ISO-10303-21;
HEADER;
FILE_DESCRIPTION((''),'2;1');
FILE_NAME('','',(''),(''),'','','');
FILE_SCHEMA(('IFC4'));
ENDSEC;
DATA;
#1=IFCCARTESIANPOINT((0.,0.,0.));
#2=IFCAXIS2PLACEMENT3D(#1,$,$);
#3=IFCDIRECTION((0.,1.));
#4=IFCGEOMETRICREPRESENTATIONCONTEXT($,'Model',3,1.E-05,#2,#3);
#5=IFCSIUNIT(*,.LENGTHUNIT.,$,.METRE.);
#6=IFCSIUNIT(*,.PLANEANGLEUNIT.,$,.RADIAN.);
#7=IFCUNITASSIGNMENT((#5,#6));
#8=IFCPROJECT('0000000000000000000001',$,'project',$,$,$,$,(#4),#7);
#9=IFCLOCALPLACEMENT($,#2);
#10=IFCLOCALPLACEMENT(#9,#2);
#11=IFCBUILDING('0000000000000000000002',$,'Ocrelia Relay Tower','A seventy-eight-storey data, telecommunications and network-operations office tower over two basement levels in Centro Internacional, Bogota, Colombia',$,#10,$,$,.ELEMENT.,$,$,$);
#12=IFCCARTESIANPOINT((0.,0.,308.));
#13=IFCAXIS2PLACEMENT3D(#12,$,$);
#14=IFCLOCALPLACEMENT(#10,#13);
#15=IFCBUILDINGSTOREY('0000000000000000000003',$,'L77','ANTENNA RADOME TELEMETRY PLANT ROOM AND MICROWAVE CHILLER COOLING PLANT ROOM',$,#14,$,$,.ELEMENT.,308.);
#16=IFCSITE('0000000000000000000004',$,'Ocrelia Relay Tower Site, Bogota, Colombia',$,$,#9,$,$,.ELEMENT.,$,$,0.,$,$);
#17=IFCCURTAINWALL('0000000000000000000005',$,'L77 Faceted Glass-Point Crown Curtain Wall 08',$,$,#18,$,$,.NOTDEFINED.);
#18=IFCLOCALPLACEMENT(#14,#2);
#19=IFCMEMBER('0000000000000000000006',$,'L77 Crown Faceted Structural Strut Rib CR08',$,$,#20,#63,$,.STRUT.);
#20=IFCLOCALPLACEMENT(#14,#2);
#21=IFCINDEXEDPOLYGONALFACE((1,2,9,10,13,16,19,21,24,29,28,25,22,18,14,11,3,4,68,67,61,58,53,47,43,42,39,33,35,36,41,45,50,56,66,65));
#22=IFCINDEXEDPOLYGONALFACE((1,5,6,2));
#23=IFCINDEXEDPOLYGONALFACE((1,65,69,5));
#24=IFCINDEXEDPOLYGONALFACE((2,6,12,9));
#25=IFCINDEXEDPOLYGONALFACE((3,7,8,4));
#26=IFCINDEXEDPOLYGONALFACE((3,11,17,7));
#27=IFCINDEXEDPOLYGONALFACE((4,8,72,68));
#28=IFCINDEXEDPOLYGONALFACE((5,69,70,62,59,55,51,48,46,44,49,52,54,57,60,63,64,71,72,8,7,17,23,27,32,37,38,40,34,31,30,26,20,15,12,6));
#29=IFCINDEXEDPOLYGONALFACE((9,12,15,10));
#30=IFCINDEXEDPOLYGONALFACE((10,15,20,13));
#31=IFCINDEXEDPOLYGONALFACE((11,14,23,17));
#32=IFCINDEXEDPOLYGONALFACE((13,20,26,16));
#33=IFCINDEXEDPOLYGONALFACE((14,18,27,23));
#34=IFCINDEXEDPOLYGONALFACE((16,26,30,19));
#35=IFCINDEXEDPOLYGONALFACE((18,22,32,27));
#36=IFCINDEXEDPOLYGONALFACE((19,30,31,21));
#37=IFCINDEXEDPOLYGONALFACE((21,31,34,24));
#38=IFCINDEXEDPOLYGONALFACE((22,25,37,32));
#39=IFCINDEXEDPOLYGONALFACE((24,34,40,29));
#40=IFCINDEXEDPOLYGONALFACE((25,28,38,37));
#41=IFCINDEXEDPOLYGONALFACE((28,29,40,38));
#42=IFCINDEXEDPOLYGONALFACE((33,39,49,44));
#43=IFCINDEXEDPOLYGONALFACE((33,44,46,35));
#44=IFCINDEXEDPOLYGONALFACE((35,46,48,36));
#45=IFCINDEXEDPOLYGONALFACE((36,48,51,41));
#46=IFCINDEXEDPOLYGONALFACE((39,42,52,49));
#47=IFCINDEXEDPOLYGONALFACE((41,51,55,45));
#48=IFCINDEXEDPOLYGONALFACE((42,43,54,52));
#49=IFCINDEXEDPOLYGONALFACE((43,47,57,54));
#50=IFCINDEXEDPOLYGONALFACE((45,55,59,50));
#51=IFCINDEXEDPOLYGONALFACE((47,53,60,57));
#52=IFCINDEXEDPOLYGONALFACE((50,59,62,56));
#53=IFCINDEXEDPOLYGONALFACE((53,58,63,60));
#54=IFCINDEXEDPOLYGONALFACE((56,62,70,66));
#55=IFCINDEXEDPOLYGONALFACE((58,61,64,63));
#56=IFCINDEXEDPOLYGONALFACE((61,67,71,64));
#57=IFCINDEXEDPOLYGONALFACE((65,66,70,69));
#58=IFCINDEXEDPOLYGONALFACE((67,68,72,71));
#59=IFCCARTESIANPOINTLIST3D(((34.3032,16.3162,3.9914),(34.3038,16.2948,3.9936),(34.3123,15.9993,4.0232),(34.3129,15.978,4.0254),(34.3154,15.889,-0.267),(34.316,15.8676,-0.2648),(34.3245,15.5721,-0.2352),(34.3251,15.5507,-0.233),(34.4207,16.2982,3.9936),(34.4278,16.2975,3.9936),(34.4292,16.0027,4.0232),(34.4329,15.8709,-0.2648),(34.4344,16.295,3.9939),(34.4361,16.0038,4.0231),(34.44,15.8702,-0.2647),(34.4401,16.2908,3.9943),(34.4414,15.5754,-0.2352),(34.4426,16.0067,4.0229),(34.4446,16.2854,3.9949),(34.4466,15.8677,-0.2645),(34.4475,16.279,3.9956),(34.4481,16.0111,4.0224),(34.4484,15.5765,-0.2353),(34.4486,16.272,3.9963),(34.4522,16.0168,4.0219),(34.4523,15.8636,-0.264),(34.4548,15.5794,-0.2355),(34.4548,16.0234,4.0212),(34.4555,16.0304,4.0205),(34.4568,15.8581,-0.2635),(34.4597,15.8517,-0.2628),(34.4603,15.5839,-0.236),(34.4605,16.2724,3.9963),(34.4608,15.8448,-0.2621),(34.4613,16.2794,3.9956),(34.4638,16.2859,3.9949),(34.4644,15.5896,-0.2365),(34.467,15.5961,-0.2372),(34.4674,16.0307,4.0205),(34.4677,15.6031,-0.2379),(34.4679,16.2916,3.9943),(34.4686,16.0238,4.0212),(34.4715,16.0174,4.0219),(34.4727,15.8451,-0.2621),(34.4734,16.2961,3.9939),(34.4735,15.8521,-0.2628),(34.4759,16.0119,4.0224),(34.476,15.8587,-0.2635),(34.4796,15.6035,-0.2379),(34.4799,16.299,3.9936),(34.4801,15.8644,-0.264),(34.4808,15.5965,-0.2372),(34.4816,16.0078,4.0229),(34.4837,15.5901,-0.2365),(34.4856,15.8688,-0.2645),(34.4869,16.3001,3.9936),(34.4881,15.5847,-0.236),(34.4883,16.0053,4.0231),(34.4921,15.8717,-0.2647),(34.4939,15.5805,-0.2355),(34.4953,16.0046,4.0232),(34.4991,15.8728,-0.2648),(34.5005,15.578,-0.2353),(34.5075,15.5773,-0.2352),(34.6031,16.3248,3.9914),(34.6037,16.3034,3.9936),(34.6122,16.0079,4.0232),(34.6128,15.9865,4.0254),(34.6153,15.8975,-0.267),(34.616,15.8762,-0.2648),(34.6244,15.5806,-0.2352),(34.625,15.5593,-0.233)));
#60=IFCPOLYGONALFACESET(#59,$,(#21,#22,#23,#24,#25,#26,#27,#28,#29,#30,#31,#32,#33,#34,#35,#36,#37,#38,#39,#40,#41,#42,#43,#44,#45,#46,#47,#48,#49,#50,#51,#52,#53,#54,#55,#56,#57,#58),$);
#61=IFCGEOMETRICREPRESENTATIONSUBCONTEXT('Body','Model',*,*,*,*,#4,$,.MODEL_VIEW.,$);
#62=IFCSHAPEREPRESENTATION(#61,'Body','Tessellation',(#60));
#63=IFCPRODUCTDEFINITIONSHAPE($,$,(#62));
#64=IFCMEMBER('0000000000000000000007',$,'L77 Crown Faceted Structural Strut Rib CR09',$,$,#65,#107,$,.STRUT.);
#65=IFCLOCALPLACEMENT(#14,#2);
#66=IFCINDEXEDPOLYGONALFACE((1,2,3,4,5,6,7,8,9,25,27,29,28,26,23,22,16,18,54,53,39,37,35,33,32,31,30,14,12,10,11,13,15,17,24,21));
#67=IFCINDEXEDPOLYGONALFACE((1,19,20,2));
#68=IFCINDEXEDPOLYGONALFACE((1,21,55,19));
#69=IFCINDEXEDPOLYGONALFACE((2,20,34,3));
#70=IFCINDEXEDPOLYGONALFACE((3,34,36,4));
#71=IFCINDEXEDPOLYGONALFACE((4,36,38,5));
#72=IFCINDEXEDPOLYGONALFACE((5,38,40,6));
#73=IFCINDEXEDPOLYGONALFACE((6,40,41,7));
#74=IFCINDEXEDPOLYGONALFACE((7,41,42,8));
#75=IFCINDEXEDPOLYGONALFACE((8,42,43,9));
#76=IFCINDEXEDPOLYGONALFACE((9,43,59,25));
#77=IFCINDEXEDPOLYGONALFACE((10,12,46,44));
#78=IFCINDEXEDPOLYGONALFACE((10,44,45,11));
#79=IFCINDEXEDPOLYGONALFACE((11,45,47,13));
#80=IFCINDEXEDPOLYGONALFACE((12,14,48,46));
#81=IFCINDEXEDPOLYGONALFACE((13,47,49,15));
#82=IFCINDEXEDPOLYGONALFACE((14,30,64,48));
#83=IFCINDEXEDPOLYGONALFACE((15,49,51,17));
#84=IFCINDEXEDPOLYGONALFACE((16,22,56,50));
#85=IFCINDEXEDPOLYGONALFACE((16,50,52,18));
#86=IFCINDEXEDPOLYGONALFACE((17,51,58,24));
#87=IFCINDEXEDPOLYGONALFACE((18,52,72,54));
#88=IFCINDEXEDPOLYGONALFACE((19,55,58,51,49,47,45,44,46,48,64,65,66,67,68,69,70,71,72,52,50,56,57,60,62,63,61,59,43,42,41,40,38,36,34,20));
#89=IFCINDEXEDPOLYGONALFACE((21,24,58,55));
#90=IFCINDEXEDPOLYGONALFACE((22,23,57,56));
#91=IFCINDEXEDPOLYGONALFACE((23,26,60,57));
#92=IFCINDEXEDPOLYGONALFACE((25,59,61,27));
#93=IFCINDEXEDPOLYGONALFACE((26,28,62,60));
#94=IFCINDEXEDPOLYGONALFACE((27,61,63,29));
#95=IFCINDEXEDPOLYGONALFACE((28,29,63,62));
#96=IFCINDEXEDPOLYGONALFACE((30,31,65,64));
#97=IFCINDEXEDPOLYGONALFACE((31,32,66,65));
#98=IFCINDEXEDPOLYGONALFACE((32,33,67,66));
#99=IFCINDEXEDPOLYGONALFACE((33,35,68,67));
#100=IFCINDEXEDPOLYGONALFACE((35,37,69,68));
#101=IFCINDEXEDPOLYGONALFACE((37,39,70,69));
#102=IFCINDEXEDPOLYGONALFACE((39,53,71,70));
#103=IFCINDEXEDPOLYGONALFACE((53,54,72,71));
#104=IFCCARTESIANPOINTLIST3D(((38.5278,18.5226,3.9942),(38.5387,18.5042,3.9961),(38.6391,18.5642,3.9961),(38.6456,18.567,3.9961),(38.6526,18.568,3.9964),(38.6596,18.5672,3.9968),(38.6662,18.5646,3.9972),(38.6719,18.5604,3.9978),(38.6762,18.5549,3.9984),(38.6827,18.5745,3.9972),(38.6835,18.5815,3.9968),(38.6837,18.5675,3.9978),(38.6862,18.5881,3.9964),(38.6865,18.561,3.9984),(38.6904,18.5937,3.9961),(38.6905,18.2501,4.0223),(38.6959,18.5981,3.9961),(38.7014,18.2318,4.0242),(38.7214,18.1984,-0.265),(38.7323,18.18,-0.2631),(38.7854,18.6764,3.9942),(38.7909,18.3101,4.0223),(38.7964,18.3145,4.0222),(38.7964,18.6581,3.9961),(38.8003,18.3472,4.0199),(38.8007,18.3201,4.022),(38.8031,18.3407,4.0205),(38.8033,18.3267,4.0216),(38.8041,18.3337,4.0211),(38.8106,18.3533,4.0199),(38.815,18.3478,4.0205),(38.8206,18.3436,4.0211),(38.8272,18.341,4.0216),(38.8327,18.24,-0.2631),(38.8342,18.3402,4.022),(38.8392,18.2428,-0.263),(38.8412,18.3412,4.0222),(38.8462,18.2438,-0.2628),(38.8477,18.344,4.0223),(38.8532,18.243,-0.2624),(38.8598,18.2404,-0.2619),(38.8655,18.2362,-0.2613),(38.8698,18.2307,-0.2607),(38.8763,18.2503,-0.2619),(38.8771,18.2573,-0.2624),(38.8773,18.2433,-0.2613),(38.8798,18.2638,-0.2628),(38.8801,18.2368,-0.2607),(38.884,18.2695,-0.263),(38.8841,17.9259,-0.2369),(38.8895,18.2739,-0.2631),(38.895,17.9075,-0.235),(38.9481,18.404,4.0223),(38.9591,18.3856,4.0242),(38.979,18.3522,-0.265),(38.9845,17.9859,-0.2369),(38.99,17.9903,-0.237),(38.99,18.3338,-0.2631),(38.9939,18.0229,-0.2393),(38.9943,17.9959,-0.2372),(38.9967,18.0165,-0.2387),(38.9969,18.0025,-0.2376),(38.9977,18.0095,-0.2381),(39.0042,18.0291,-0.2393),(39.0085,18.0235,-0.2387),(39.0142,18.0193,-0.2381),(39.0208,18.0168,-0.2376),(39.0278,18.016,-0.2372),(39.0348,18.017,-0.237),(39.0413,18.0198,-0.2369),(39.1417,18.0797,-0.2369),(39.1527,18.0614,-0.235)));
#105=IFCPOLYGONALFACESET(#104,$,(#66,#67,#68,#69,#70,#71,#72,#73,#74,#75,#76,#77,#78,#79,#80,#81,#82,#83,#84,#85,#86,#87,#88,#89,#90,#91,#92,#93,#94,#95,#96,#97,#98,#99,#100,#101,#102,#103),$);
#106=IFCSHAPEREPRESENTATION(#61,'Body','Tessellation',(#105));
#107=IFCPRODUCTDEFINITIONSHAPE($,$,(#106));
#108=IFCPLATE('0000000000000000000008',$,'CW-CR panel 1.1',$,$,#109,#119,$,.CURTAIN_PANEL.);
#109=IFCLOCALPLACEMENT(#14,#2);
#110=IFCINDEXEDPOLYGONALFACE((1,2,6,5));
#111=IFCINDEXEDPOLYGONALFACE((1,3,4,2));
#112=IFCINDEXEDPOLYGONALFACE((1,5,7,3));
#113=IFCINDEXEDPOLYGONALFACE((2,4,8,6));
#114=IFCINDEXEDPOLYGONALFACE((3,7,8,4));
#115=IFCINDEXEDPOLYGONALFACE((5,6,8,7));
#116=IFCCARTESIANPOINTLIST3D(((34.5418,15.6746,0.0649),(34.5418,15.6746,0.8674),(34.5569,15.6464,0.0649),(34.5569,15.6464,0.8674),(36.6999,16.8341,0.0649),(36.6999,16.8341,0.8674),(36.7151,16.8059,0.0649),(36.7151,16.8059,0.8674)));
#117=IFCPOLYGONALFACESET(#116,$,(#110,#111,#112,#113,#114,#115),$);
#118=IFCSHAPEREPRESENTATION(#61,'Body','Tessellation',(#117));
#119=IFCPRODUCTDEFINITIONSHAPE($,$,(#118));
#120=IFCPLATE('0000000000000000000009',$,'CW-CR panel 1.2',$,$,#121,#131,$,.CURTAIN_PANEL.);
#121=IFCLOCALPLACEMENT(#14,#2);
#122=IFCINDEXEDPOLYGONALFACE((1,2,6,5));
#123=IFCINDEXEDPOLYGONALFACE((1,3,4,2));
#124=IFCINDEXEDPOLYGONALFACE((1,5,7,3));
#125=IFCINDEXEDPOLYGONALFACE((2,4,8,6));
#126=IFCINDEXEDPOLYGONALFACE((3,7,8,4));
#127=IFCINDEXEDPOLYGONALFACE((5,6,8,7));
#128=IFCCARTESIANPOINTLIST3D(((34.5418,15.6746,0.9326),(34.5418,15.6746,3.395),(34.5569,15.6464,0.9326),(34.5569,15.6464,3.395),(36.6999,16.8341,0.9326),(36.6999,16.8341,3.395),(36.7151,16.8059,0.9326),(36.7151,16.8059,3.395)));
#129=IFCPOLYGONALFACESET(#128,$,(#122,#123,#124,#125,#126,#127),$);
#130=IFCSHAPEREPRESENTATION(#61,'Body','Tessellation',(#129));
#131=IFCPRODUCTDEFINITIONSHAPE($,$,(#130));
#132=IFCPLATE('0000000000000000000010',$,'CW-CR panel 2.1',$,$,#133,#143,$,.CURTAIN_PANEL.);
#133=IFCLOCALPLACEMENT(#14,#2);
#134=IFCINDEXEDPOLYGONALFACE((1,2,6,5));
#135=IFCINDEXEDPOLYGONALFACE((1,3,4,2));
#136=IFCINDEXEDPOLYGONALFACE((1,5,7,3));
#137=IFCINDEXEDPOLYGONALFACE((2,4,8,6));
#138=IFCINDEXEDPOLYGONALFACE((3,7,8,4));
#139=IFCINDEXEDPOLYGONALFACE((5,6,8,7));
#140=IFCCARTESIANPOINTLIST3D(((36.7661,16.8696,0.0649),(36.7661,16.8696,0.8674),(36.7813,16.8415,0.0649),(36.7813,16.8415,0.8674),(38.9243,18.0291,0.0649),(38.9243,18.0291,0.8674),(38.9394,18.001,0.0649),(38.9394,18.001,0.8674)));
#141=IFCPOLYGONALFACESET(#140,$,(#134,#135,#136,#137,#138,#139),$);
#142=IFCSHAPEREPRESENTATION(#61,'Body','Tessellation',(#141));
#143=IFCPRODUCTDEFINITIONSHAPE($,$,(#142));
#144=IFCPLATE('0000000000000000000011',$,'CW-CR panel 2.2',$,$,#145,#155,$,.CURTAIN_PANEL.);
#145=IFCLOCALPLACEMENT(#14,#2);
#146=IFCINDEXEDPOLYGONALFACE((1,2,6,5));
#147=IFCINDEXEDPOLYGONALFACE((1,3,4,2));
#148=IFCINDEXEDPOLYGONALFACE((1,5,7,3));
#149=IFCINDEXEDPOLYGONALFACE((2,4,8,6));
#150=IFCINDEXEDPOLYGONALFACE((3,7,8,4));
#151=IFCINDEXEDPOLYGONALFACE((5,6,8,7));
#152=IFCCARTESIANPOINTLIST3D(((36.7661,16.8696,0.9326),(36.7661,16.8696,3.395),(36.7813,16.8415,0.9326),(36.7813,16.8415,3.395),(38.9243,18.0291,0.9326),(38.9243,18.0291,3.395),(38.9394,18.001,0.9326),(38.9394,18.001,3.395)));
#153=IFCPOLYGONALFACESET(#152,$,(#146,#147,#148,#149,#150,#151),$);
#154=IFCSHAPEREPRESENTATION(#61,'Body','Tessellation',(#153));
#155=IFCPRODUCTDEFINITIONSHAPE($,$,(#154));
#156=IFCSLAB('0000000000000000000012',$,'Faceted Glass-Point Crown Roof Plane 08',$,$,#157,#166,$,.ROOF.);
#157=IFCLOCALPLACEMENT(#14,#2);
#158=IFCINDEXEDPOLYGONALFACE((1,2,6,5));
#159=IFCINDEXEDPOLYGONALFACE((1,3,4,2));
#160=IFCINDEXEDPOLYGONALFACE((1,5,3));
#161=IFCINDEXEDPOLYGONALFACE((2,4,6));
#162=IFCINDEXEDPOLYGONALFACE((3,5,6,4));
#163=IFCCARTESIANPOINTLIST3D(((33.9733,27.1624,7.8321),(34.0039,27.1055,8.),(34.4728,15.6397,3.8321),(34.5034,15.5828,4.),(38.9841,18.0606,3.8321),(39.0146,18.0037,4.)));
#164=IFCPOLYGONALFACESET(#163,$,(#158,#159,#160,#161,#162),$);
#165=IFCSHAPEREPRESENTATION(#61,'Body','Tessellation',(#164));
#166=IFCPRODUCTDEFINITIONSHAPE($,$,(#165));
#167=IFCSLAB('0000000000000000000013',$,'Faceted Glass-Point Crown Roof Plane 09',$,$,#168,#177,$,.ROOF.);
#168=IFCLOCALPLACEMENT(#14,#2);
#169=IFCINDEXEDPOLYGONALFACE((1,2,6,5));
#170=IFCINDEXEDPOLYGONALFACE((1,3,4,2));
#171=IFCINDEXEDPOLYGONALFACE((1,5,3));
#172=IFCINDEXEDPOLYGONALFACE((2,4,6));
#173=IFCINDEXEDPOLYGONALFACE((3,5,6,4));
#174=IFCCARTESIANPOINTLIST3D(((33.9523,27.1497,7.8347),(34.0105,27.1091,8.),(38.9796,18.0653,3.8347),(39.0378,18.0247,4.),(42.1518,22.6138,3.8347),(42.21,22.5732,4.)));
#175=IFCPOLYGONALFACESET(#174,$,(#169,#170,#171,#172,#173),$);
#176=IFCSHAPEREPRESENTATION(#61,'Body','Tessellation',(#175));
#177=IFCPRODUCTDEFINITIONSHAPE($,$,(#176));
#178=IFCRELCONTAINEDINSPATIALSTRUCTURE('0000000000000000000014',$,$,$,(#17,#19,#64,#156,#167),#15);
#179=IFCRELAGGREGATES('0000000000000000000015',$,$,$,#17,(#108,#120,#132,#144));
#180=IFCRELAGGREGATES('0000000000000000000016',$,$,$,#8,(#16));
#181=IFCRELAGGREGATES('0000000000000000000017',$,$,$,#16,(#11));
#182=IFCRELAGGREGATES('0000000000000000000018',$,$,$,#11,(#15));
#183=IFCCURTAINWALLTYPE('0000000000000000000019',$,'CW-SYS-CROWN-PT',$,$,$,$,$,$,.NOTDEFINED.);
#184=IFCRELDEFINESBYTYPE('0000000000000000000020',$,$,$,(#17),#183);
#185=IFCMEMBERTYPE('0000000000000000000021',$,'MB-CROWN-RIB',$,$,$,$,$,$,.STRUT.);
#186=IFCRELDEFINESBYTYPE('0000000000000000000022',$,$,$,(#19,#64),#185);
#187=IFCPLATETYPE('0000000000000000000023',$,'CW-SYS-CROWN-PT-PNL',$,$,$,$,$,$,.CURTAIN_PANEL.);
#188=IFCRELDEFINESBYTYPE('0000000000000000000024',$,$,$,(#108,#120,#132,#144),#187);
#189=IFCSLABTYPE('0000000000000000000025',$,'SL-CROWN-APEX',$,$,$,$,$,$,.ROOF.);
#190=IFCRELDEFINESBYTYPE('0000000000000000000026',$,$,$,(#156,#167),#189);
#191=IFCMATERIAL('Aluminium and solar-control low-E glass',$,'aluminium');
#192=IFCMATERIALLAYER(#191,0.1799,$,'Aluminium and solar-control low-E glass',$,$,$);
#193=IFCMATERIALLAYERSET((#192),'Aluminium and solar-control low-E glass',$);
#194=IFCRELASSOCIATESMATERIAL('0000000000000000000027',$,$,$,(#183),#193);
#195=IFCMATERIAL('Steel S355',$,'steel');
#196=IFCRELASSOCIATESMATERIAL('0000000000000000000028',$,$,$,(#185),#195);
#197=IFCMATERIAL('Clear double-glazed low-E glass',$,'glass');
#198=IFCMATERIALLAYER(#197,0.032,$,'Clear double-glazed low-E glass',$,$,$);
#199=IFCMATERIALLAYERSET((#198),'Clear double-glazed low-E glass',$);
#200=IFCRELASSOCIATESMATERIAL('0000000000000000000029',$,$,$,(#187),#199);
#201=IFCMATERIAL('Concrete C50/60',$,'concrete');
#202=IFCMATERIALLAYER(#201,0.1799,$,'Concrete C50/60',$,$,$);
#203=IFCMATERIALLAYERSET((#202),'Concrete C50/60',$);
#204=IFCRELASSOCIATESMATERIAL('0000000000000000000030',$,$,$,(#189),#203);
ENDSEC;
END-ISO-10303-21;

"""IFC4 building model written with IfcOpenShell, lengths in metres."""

from ifc_helpers import new_model, si_unit, direction, frame, origin, origin_2d, place, context, subcontext, project, spatial, polyline, rectangle, i_section, outline, extrude, material, layer, layer_set, material_profile, profile_set, type_object, element, aggregate, save


model = new_model("IFC4")

# Units and contexts
model_context = context("Model", 3, precision=1e-05, world=origin(), true_north=direction((0.0, 1.0)))
body_context = subcontext(model_context, "Body", "Model", "MODEL_VIEW")
ifc_project = project(units=[si_unit("LENGTHUNIT", "METRE"), si_unit("PLANEANGLEUNIT", "RADIAN")], contexts=[model_context])

# Site, building, storey
site_placement = place(None, origin())
site = spatial("IfcSite", under=ifc_project, at=site_placement, Name="Ocrelia Relay Tower Site, Bogota, Colombia", CompositionType="ELEMENT", RefElevation=0.0)
building_placement = place(site_placement, origin())
building = spatial("IfcBuilding", under=site, at=building_placement, Name="Ocrelia Relay Tower", Description="A seventy-eight-storey data, telecommunications and network-operations office tower over two basement levels in Centro Internacional, Bogota, Colombia", CompositionType="ELEMENT")
storey_placement = place(building_placement, frame((0.0, 0.0, 308.0)))
storey = spatial("IfcBuildingStorey", under=building, at=storey_placement, Name="L77", Description="ANTENNA RADOME TELEMETRY PLANT ROOM AND MICROWAVE CHILLER COOLING PLANT ROOM", CompositionType="ELEMENT", Elevation=308.0)

# Shared definitions
ifc_material_1 = material(Name="Steel S355", Category="steel")

# Shared definitions
ifc_material_2 = material(Name="Aluminium and solar-control low-E glass", Category="aluminium")
ifc_layer_1 = layer(ifc_material_2, 0.1799, Name="Aluminium and solar-control low-E glass")
ifc_layer_set_1 = layer_set([ifc_layer_1], Name="Aluminium and solar-control low-E glass")
curtain_wall_type = type_object("IfcCurtainWallType", Name="CW-SYS-CROWN-PT", PredefinedType="NOTDEFINED", material=ifc_layer_set_1)

# Curtain wall
curtain_wall_1_placement = place(storey_placement, origin())
curtain_wall_1 = element("IfcCurtainWall", 1, at=curtain_wall_1_placement, inside=storey, type_object=curtain_wall_type, Name="L77 Faceted Glass-Point Crown Curtain Wall 08", PredefinedType="NOTDEFINED")

# Members
ifc_material_profile_1 = material_profile(ifc_material_1, i_section(OverallWidth=0.3, OverallDepth=0.3401, WebThickness=0.012, FlangeThickness=0.0215, FilletRadius=0.0271, at=origin_2d()), Name="HEB 340")
ifc_profile_set_1 = profile_set([ifc_material_profile_1], Name="Steel S355")
member_type_1 = type_object("IfcMemberType", Name="MB-CROWN-RIB", PredefinedType="STRUT", material=ifc_profile_set_1)
member_1_placement = place(storey_placement, frame((34.4702, 15.7241, -0.25), z_axis=(-0.002852, 0.099831, 0.995), x_axis=(-0.999592, -0.02856, 0.0)))
element("IfcMember", 2, at=member_1_placement, inside=storey, type_object=member_type_1, Name="L77 Crown Faceted Structural Strut Rib CR08", PredefinedType="STRUT", context=body_context, shape_type="SweptSolid", body=[
    extrude(i_section(OverallWidth=0.3, OverallDepth=0.3401, WebThickness=0.012, FlangeThickness=0.0215, FilletRadius=0.0271, at=origin_2d()), origin(), (0.0, 0.0, 1.0), 4.2798),
])
member_2_placement = place(storey_placement, frame((38.937, 18.1299, -0.25), z_axis=(-0.045277, 0.075823, 0.996093), x_axis=(-0.858575, -0.512688, 0.0)))
element("IfcMember", 3, at=member_2_placement, inside=storey, type_object=member_type_1, Name="L77 Crown Faceted Structural Strut Rib CR09", PredefinedType="STRUT", context=body_context, shape_type="SweptSolid", body=[
    extrude(i_section(OverallWidth=0.3, OverallDepth=0.3401, WebThickness=0.012, FlangeThickness=0.0215, FilletRadius=0.0271, at=origin_2d()), origin(), (0.0, 0.0, 1.0), 4.2759),
])

# Plates
ifc_material_3 = material(Name="Clear double-glazed low-E glass", Category="glass")
ifc_layer_2 = layer(ifc_material_3, 0.032, Name="Clear double-glazed low-E glass")
ifc_layer_set_2 = layer_set([ifc_layer_2], Name="Clear double-glazed low-E glass")
plate_type = type_object("IfcPlateType", Name="CW-SYS-CROWN-PT-PNL", PredefinedType="CURTAIN_PANEL", material=ifc_layer_set_2)
plate_1_placement = place(storey_placement, frame((35.6284, 16.2402, 0.0649), z_axis=(0.0, 0.0, 1.0), x_axis=(0.880914, 0.473277, 0.0)))
plate_1 = element("IfcPlate", 4, at=plate_1_placement, type_object=plate_type, Name="CW-CR panel 1.1", PredefinedType="CURTAIN_PANEL", context=body_context, shape_type="SweptSolid", body=[
    extrude(rectangle(XDim=2.45, YDim=0.032, at=origin_2d()), origin(), (0.0, 0.0, 1.0), 0.8025),
])
plate_2_placement = place(storey_placement, frame((35.6284, 16.2402, 0.9326), z_axis=(0.0, 0.0, 1.0), x_axis=(0.880914, 0.473277, 0.0)))
plate_2 = element("IfcPlate", 5, at=plate_2_placement, type_object=plate_type, Name="CW-CR panel 1.2", PredefinedType="CURTAIN_PANEL", context=body_context, shape_type="SweptSolid", body=[
    extrude(rectangle(XDim=2.45, YDim=0.032, at=origin_2d()), origin(), (0.0, 0.0, 1.0), 2.4624),
])
plate_3_placement = place(storey_placement, frame((37.8528, 17.4353, 0.0649), z_axis=(0.0, 0.0, 1.0), x_axis=(0.880914, 0.473277, 0.0)))
plate_3 = element("IfcPlate", 6, at=plate_3_placement, type_object=plate_type, Name="CW-CR panel 2.1", PredefinedType="CURTAIN_PANEL", context=body_context, shape_type="SweptSolid", body=[
    extrude(rectangle(XDim=2.45, YDim=0.032, at=origin_2d()), origin(), (0.0, 0.0, 1.0), 0.8025),
])
plate_4_placement = place(storey_placement, frame((37.8528, 17.4353, 0.9326), z_axis=(0.0, 0.0, 1.0), x_axis=(0.880914, 0.473277, 0.0)))
plate_4 = element("IfcPlate", 7, at=plate_4_placement, type_object=plate_type, Name="CW-CR panel 2.2", PredefinedType="CURTAIN_PANEL", context=body_context, shape_type="SweptSolid", body=[
    extrude(rectangle(XDim=2.45, YDim=0.032, at=origin_2d()), origin(), (0.0, 0.0, 1.0), 2.4624),
])
aggregate(curtain_wall_1, [plate_1, plate_2, plate_3, plate_4])

# Slabs
ifc_material_4 = material(Name="Concrete C50/60", Category="concrete")
ifc_layer_3 = layer(ifc_material_4, 0.1799, Name="Concrete C50/60")
ifc_layer_set_3 = layer_set([ifc_layer_3], Name="Concrete C50/60")
slab_type = type_object("IfcSlabType", Name="SL-CROWN-APEX", PredefinedType="ROOF", material=ifc_layer_set_3)
slab_1_placement = place(storey_placement, frame((34.5034, 15.5828, 4.0), z_axis=(0.169897, -0.316594, 0.933222), x_axis=(0.881141, 0.472854, 0.0)))
element("IfcSlab", 8, at=slab_1_placement, inside=storey, type_object=slab_type, Name="Faceted Glass-Point Crown Roof Plane 08", PredefinedType="ROOF", context=body_context, shape_type="SweptSolid", body=[
    extrude(outline(polyline([(0.0, 0.0), (5.1198, 0.0), (5.0084, 11.1327), (0.0, 0.0)])), origin(), (0.0, 0.0, -1.0), 0.1799),
])
slab_2_placement = place(storey_placement, frame((39.0378, 18.0247, 4.0), z_axis=(0.323494, -0.2256, 0.918943), x_axis=(0.572023, 0.820238, 0.0)))
element("IfcSlab", 9, at=slab_2_placement, inside=storey, type_object=slab_type, Name="Faceted Glass-Point Crown Roof Plane 09", PredefinedType="ROOF", context=body_context, shape_type="SweptSolid", body=[
    extrude(outline(polyline([(0.0, 0.0), (5.5454, 0.0), (4.5757, 10.1422), (0.0, 0.0)])), origin(), (0.0, 0.0, -1.0), 0.1799),
])

save(model, "model.ifc")
